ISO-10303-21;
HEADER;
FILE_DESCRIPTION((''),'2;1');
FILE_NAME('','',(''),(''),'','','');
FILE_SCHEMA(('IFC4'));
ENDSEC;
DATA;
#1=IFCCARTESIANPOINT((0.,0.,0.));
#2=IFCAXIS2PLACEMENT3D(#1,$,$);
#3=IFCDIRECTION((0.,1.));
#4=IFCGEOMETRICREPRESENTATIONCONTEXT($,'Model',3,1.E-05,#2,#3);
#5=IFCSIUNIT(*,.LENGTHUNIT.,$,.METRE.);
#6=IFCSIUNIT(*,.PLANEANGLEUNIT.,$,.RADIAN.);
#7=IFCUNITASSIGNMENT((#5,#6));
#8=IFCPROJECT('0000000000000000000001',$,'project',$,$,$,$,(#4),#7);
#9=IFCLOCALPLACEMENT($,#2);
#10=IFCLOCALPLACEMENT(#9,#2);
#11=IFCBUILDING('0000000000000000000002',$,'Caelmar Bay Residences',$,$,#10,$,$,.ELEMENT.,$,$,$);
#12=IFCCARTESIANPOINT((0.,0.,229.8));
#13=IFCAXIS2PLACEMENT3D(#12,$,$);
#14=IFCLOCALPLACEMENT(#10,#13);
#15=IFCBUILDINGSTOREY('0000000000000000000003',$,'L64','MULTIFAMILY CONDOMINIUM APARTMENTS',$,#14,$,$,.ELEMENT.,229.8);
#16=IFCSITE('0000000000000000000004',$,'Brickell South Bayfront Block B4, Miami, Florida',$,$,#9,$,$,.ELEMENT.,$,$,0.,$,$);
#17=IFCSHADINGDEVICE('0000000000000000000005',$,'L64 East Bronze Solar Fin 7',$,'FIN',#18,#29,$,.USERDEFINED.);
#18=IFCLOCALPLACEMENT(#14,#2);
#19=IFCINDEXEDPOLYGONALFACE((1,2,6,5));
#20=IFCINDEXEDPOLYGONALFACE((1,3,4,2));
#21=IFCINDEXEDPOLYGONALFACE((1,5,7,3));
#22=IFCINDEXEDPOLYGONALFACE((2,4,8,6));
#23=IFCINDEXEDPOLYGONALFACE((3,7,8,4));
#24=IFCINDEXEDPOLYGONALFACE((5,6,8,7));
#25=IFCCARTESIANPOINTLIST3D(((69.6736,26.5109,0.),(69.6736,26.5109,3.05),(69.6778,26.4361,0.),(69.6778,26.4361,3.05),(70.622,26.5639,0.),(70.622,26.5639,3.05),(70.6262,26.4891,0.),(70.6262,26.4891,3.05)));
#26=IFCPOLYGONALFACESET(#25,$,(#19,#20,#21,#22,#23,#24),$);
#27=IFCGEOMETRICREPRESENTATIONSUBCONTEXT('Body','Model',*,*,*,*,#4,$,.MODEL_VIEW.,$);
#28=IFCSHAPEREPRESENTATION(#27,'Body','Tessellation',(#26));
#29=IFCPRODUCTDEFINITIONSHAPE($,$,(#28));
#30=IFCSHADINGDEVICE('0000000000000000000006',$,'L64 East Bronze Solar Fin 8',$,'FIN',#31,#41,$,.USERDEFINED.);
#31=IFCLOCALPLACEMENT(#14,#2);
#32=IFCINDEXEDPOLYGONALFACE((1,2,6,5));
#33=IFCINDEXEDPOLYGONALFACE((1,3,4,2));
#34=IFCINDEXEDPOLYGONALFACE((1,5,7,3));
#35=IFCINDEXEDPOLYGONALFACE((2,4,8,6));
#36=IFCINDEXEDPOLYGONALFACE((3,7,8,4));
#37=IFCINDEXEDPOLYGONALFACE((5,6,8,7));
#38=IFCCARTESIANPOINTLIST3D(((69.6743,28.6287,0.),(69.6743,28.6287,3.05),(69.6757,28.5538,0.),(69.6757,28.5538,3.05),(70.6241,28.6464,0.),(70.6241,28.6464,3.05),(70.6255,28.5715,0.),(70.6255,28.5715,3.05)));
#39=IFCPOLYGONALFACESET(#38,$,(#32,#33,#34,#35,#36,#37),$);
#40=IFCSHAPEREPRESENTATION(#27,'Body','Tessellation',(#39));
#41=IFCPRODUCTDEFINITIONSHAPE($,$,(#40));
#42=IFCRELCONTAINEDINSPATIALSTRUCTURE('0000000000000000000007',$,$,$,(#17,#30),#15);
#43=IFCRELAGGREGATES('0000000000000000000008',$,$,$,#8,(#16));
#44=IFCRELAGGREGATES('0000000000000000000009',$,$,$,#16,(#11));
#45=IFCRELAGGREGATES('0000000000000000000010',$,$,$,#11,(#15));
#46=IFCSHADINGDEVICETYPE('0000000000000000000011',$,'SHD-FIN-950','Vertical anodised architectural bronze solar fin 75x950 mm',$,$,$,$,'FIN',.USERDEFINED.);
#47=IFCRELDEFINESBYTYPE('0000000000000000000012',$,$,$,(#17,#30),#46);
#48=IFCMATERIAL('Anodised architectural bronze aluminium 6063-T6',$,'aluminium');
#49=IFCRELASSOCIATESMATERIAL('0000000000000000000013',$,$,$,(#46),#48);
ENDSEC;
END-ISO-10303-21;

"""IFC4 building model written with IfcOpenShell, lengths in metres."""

from ifc_helpers import new_model, si_unit, direction, frame, origin, origin_2d, place, context, subcontext, project, spatial, rectangle, extrude, material, material_profile, profile_set, type_object, element, save


model = new_model("IFC4")

# Units and contexts
model_context = context("Model", 3, precision=1e-05, world=origin(), true_north=direction((0.0, 1.0)))
body_context = subcontext(model_context, "Body", "Model", "MODEL_VIEW")
ifc_project = project(units=[si_unit("LENGTHUNIT", "METRE"), si_unit("PLANEANGLEUNIT", "RADIAN")], contexts=[model_context])

# Site, building, storey
site_placement = place(None, origin())
site = spatial("IfcSite", under=ifc_project, at=site_placement, Name="Brickell South Bayfront Block B4, Miami, Florida", CompositionType="ELEMENT", RefElevation=0.0)
building_placement = place(site_placement, origin())
building = spatial("IfcBuilding", under=site, at=building_placement, Name="Caelmar Bay Residences", CompositionType="ELEMENT")
storey_placement = place(building_placement, frame((0.0, 0.0, 229.8)))
storey = spatial("IfcBuildingStorey", under=building, at=storey_placement, Name="L64", Description="MULTIFAMILY CONDOMINIUM APARTMENTS", CompositionType="ELEMENT", Elevation=229.8)

# Shading devices
ifc_material_1 = material(Name="Anodised architectural bronze aluminium 6063-T6", Category="aluminium")
ifc_material_profile_1 = material_profile(ifc_material_1, rectangle(XDim=0.075, YDim=0.95, at=origin_2d()), Name="BRONZE-FIN-75X950")
ifc_profile_set_1 = profile_set([ifc_material_profile_1], Name="Anodised architectural bronze aluminium 6063-T6")
shading_device_type = type_object("IfcShadingDeviceType", Name="SHD-FIN-950", Description="Vertical anodised architectural bronze solar fin 75x950 mm", ElementType="FIN", PredefinedType="USERDEFINED", material=ifc_profile_set_1)
for number, where, z_axis, x_axis, name in (
    (1, (70.1499, 26.5, 0.0), (0.0, 0.0, 1.0), (-0.055822, 0.998441, 0.0), "L64 East Bronze Solar Fin 7"),
    (2, (70.1499, 28.6001, 0.0), (0.0, 0.0, 1.0), (-0.018674, 0.999826, 0.0), "L64 East Bronze Solar Fin 8"),
):
    element("IfcShadingDevice", number, at=place(storey_placement, frame(where, z_axis=z_axis, x_axis=x_axis)), inside=storey, type_object=shading_device_type, Name=name, ObjectType="FIN", PredefinedType="USERDEFINED", context=body_context, shape_type="SweptSolid", body=[
        extrude(rectangle(XDim=0.075, YDim=0.95, at=origin_2d()), origin(), (0.0, 0.0, 1.0), 3.05),
    ])

save(model, "model.ifc")
